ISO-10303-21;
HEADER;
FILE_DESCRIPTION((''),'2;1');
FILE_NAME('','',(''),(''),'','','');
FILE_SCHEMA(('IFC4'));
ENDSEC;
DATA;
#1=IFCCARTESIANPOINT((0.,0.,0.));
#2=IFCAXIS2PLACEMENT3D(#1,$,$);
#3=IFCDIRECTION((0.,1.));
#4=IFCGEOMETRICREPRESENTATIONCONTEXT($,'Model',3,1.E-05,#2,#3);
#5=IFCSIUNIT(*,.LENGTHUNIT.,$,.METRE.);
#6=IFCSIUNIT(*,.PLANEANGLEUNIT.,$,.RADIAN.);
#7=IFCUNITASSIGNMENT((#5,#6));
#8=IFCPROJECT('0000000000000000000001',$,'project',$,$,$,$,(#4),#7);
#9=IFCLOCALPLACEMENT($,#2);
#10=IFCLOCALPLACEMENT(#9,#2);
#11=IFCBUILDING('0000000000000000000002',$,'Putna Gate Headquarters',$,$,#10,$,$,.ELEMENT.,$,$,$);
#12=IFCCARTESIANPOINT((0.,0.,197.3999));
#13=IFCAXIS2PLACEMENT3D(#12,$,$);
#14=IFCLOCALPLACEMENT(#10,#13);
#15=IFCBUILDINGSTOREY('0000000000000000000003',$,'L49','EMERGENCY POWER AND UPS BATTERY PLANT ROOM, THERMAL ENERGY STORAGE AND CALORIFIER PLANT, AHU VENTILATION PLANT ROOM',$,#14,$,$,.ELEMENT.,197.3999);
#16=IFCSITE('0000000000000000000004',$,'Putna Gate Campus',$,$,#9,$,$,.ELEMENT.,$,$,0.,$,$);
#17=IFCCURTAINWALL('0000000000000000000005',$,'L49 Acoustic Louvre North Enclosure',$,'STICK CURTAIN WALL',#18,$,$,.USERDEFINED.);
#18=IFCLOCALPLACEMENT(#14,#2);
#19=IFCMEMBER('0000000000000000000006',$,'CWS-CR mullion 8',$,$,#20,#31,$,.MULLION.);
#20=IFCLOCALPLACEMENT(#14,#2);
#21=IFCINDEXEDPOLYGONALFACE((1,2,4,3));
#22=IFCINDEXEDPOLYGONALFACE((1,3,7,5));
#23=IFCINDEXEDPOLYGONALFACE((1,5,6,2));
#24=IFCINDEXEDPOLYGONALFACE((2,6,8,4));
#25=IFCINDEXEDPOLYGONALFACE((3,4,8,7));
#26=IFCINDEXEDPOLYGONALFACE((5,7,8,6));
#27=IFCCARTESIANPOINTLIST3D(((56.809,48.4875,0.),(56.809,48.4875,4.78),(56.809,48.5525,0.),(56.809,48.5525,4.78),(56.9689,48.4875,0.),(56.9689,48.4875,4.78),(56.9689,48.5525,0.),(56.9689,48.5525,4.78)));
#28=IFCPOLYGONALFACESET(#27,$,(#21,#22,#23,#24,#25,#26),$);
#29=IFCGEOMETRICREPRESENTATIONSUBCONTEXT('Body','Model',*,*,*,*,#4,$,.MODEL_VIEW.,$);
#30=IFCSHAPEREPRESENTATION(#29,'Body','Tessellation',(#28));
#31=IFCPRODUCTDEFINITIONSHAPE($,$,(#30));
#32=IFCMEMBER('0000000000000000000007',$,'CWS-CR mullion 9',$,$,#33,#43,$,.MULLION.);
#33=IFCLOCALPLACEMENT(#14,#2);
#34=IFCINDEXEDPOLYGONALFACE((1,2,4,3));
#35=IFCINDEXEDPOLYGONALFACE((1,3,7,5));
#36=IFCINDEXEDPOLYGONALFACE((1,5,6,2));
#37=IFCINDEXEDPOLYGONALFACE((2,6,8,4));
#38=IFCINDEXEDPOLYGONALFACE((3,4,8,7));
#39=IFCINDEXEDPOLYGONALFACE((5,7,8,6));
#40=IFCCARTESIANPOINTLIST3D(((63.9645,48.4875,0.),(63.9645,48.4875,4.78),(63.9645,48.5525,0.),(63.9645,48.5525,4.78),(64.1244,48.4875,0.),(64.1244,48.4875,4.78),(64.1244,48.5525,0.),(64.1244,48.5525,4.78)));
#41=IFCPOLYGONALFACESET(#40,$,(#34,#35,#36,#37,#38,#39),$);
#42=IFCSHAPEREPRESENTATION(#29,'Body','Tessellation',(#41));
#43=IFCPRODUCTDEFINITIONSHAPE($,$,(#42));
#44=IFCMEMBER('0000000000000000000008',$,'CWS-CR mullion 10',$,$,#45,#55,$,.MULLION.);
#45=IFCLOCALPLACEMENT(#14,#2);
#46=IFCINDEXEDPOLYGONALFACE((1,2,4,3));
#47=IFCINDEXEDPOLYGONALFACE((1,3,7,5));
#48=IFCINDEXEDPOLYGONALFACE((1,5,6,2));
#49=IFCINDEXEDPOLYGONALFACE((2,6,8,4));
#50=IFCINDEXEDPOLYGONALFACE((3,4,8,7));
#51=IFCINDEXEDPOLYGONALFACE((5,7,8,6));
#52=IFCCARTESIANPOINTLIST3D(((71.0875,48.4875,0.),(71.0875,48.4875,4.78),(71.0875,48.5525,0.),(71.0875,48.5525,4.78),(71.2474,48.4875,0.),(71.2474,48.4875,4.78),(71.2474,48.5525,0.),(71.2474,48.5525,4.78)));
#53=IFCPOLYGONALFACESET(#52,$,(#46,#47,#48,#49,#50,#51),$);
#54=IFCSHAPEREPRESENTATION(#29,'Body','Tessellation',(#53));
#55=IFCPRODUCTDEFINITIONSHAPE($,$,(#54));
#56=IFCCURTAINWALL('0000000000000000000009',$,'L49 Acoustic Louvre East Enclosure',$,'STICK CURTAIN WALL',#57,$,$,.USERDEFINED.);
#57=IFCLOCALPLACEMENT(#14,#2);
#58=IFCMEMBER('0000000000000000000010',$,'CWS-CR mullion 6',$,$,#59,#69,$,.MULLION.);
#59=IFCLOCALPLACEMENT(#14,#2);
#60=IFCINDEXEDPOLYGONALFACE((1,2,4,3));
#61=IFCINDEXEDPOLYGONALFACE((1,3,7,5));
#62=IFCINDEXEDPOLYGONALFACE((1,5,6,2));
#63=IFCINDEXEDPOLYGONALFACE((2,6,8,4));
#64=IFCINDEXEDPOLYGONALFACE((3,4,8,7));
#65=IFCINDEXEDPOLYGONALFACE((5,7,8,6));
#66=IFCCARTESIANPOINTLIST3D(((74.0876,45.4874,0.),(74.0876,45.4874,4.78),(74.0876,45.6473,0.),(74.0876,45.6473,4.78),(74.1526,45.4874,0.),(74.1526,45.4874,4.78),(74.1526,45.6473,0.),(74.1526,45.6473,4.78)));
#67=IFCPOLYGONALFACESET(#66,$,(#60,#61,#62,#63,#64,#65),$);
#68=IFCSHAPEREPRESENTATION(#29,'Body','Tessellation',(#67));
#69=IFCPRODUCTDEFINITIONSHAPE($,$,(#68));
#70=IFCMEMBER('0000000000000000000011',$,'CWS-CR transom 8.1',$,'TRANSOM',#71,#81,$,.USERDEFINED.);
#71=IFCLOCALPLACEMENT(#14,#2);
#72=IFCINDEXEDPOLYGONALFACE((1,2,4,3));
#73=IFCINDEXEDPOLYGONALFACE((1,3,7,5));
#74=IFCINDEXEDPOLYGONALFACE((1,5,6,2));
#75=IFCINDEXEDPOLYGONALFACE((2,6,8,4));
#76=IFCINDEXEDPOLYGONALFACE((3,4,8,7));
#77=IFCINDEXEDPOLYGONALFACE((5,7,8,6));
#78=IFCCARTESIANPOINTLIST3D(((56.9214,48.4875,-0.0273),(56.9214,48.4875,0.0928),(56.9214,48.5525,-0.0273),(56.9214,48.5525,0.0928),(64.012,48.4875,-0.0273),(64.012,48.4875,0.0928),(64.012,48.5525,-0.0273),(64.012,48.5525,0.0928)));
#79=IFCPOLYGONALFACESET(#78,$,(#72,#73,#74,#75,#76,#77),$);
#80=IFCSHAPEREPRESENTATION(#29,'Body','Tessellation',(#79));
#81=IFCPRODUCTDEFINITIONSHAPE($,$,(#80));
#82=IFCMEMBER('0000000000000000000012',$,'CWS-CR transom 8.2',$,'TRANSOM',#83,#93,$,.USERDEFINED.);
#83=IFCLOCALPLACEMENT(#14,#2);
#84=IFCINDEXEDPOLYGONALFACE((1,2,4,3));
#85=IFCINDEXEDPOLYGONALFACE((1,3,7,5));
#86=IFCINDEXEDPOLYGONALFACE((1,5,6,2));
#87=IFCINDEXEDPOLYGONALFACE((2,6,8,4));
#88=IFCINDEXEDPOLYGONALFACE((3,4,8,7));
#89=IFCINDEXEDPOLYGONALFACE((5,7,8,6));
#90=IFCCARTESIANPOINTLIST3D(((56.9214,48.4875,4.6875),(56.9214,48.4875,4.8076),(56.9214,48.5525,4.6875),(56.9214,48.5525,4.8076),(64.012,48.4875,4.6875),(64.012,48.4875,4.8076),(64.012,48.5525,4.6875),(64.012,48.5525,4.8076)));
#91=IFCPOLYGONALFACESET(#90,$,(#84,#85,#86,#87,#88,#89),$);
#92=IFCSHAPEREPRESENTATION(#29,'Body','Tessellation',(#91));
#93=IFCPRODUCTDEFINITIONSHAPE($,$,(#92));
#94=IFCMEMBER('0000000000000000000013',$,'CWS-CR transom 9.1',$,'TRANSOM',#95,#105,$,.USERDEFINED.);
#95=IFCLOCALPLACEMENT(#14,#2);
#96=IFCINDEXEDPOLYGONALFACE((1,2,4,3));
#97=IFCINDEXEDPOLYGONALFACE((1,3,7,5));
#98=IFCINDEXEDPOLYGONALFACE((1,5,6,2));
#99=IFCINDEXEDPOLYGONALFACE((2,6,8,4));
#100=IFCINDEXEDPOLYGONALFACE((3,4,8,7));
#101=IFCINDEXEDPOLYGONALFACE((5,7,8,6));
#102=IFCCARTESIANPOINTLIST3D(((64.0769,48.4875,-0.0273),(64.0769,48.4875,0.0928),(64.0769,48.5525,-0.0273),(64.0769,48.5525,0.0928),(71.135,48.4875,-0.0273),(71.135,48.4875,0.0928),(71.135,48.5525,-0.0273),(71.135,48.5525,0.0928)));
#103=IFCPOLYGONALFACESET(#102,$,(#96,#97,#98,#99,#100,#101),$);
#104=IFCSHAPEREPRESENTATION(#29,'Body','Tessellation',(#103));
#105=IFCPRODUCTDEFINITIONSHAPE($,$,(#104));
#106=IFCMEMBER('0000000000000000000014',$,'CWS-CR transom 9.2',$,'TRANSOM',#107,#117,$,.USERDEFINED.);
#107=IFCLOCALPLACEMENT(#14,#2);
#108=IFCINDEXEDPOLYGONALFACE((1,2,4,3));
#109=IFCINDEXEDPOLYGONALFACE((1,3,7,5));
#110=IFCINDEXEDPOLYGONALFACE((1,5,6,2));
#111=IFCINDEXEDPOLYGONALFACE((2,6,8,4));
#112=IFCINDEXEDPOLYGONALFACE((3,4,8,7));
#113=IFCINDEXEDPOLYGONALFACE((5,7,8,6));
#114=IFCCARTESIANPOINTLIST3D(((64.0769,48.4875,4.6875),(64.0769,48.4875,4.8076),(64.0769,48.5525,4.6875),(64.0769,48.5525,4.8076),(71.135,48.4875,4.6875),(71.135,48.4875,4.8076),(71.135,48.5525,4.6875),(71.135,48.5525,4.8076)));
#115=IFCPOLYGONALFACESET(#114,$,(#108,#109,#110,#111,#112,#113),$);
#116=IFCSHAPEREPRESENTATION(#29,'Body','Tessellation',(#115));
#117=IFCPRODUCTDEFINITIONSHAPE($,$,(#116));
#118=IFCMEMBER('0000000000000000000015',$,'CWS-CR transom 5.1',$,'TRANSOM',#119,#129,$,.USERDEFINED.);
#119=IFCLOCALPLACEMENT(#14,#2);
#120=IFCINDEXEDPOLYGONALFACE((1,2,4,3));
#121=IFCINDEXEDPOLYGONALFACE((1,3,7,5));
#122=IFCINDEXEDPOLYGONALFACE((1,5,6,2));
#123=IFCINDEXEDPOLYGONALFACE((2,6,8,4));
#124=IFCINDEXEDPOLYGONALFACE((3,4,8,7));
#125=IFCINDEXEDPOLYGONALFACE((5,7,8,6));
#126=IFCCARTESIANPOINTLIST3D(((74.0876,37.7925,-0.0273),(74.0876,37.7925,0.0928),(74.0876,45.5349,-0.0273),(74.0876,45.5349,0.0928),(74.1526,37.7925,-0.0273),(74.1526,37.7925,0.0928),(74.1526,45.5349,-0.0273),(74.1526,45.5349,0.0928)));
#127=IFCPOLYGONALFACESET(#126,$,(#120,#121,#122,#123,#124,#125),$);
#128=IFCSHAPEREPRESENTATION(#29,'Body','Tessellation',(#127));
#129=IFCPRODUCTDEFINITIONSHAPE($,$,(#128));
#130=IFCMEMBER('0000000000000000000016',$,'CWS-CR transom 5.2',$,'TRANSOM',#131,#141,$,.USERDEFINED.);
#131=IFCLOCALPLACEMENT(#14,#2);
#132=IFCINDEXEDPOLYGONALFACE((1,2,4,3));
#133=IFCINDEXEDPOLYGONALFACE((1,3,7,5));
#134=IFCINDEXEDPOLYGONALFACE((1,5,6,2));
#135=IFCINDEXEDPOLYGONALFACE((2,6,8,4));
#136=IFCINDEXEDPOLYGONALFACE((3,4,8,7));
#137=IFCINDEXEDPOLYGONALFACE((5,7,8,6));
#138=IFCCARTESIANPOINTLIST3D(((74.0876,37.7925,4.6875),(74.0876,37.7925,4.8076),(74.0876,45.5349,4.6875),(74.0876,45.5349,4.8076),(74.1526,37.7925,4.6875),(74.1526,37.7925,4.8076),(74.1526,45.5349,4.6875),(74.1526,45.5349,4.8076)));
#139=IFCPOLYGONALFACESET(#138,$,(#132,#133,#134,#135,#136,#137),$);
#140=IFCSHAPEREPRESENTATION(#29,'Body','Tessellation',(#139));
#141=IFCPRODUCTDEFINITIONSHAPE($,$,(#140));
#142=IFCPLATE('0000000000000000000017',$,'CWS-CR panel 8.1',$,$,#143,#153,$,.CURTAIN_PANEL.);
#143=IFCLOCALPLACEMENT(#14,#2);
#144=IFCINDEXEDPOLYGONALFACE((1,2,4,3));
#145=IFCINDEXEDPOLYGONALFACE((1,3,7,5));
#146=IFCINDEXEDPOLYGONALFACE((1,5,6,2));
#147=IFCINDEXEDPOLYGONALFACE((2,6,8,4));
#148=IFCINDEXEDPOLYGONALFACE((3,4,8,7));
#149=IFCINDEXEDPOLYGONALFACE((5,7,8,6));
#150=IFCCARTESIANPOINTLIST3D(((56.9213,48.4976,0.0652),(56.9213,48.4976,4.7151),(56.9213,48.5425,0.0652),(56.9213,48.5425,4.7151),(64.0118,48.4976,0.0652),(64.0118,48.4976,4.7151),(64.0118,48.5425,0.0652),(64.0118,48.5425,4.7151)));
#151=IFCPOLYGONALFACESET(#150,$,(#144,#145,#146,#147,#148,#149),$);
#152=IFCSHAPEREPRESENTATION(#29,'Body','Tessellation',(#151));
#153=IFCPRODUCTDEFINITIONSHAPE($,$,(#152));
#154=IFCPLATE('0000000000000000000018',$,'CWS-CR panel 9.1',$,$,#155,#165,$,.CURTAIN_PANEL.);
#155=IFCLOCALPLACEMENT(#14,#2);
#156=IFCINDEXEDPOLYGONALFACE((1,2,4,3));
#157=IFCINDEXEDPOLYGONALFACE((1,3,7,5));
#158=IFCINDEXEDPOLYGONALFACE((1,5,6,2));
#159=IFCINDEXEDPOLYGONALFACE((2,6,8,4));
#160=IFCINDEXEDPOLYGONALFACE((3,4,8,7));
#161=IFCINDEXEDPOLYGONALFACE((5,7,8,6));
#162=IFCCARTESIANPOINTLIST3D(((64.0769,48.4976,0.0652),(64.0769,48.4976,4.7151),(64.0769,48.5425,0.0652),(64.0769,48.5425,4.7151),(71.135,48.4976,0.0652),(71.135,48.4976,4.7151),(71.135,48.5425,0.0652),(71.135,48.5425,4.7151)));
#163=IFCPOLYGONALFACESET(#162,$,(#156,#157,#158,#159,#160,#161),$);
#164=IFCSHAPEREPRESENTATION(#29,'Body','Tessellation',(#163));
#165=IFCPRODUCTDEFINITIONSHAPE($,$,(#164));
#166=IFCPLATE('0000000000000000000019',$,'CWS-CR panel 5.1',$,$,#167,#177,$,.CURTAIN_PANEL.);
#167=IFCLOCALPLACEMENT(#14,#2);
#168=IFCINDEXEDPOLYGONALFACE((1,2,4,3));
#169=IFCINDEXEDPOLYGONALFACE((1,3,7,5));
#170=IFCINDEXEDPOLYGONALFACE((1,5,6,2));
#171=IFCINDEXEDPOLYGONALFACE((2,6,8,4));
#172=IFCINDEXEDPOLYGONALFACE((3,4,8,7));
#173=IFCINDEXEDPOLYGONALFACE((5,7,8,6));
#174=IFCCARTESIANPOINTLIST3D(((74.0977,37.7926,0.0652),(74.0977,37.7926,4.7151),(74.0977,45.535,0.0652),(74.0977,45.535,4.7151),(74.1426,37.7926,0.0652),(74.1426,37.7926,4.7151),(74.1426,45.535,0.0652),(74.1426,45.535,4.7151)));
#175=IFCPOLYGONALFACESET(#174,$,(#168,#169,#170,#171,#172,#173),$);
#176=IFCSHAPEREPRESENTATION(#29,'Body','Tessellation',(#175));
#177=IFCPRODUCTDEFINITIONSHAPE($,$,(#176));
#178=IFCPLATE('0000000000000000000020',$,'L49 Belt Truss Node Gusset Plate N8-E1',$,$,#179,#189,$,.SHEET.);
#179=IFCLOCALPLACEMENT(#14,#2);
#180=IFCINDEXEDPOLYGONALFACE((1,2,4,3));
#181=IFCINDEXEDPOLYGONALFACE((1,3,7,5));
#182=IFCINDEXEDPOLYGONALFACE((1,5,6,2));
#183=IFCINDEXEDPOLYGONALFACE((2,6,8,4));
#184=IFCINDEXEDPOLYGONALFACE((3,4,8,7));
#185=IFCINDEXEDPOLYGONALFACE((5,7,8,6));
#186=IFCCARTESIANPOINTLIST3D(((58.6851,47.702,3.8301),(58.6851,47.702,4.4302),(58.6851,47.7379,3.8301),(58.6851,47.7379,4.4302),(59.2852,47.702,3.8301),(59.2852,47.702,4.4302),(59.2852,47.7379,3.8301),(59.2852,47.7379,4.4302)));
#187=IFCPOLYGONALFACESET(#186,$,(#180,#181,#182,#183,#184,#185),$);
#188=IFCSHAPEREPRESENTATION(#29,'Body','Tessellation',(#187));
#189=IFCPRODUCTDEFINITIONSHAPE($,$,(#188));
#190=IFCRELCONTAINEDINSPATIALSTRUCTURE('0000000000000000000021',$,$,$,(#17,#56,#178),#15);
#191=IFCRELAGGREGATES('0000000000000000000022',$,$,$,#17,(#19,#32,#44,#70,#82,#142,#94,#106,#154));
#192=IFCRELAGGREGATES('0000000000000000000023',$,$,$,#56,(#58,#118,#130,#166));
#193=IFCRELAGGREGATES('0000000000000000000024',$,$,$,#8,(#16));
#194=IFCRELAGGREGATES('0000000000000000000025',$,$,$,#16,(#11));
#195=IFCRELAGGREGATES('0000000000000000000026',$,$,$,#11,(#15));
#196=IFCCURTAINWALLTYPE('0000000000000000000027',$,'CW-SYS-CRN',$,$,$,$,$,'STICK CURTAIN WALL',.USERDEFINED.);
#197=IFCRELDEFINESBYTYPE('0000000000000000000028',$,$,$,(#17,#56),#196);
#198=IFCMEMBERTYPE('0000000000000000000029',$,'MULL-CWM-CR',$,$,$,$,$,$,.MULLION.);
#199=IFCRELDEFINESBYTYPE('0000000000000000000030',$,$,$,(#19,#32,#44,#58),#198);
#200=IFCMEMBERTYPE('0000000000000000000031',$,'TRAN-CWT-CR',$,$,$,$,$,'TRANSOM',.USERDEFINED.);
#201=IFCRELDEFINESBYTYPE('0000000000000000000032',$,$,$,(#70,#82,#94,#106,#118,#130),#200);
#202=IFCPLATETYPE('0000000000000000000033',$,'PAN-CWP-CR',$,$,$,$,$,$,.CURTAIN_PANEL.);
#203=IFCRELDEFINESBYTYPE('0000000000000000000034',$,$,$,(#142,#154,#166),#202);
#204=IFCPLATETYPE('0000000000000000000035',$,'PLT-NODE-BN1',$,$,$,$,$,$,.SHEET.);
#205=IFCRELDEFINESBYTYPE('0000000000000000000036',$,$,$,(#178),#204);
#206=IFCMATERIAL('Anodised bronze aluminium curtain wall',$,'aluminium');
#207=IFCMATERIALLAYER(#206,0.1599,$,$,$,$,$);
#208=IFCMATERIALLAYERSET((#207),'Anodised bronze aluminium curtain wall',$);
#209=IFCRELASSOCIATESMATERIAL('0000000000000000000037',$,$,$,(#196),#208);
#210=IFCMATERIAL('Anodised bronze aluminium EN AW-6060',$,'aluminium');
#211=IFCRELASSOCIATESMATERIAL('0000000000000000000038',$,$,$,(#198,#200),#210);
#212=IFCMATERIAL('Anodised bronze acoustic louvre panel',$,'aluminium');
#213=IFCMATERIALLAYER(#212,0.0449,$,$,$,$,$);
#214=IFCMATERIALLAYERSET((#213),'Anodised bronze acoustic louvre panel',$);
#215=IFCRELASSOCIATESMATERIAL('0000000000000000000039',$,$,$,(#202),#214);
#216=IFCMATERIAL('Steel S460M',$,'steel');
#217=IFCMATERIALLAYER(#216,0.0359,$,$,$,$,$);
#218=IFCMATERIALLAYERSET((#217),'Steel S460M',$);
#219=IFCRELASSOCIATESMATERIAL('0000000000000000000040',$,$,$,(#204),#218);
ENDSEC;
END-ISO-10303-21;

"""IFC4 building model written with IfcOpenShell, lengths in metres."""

from ifc_helpers import new_model, si_unit, direction, frame, origin, origin_2d, place, context, subcontext, project, spatial, rectangle, extrude, material, layer, layer_set, material_profile, profile_set, type_object, element, aggregate, save


model = new_model("IFC4")

# Units and contexts
model_context = context("Model", 3, precision=1e-05, world=origin(), true_north=direction((0.0, 1.0)))
body_context = subcontext(model_context, "Body", "Model", "MODEL_VIEW")
ifc_project = project(units=[si_unit("LENGTHUNIT", "METRE"), si_unit("PLANEANGLEUNIT", "RADIAN")], contexts=[model_context])

# Site, building, storey
site_placement = place(None, origin())
site = spatial("IfcSite", under=ifc_project, at=site_placement, Name="Putna Gate Campus", CompositionType="ELEMENT", RefElevation=0.0)
building_placement = place(site_placement, origin())
building = spatial("IfcBuilding", under=site, at=building_placement, Name="Putna Gate Headquarters", CompositionType="ELEMENT")
storey_placement = place(building_placement, frame((0.0, 0.0, 197.3999)))
storey = spatial("IfcBuildingStorey", under=building, at=storey_placement, Name="L49", Description="EMERGENCY POWER AND UPS BATTERY PLANT ROOM, THERMAL ENERGY STORAGE AND CALORIFIER PLANT, AHU VENTILATION PLANT ROOM", CompositionType="ELEMENT", Elevation=197.3999)

# Shared definitions
ifc_material_1 = material(Name="Steel S460M", Category="steel")

# Curtain wall, members
ifc_material_2 = material(Name="Anodised bronze aluminium curtain wall", Category="aluminium")
ifc_layer_1 = layer(ifc_material_2, 0.1599)
ifc_layer_set_1 = layer_set([ifc_layer_1], Name="Anodised bronze aluminium curtain wall")
curtain_wall_type = type_object("IfcCurtainWallType", Name="CW-SYS-CRN", ElementType="STICK CURTAIN WALL", PredefinedType="USERDEFINED", material=ifc_layer_set_1)
curtain_wall_1_placement = place(storey_placement, origin())
curtain_wall_1 = element("IfcCurtainWall", 1, at=curtain_wall_1_placement, inside=storey, type_object=curtain_wall_type, Name="L49 Acoustic Louvre North Enclosure", ObjectType="STICK CURTAIN WALL", PredefinedType="USERDEFINED")
ifc_material_3 = material(Name="Anodised bronze aluminium EN AW-6060", Category="aluminium")
ifc_material_profile_1 = material_profile(ifc_material_3, rectangle(XDim=0.0649, YDim=0.1599, at=origin_2d()), Name="Anodised bronze aluminium EN AW-6060")
ifc_profile_set_1 = profile_set([ifc_material_profile_1], Name="Anodised bronze aluminium EN AW-6060")
member_type_1 = type_object("IfcMemberType", Name="MULL-CWM-CR", PredefinedType="MULLION", material=ifc_profile_set_1)
member_1_placement = place(storey_placement, frame((56.8889, 48.52, 0.0), z_axis=(0.0, 0.0, 1.0), x_axis=(0.0, 1.0, 0.0)))
member_1 = element("IfcMember", 2, at=member_1_placement, type_object=member_type_1, Name="CWS-CR mullion 8", PredefinedType="MULLION", context=body_context, shape_type="SweptSolid", body=[
    extrude(rectangle(XDim=0.0649, YDim=0.1599, at=origin_2d()), origin(), (0.0, 0.0, 1.0), 4.78),
])
member_2_placement = place(storey_placement, frame((64.0444, 48.52, 0.0), z_axis=(0.0, 0.0, 1.0), x_axis=(0.0, 1.0, 0.0)))
member_2 = element("IfcMember", 3, at=member_2_placement, type_object=member_type_1, Name="CWS-CR mullion 9", PredefinedType="MULLION", context=body_context, shape_type="SweptSolid", body=[
    extrude(rectangle(XDim=0.0649, YDim=0.1599, at=origin_2d()), origin(), (0.0, 0.0, 1.0), 4.78),
])
member_3_placement = place(storey_placement, frame((71.1675, 48.52, 0.0), z_axis=(0.0, 0.0, 1.0), x_axis=(0.0, 1.0, 0.0)))
member_3 = element("IfcMember", 4, at=member_3_placement, type_object=member_type_1, Name="CWS-CR mullion 10", PredefinedType="MULLION", context=body_context, shape_type="SweptSolid", body=[
    extrude(rectangle(XDim=0.0649, YDim=0.1599, at=origin_2d()), origin(), (0.0, 0.0, 1.0), 4.78),
])

# Curtain wall, member
curtain_wall_2_placement = place(storey_placement, origin())
curtain_wall_2 = element("IfcCurtainWall", 5, at=curtain_wall_2_placement, inside=storey, type_object=curtain_wall_type, Name="L49 Acoustic Louvre East Enclosure", ObjectType="STICK CURTAIN WALL", PredefinedType="USERDEFINED")
member_4_placement = place(storey_placement, frame((74.1201, 45.5674, 0.0), z_axis=(0.0, 0.0, 1.0), x_axis=(-1.0, 0.0, 0.0)))
member_4 = element("IfcMember", 6, at=member_4_placement, type_object=member_type_1, Name="CWS-CR mullion 6", PredefinedType="MULLION", context=body_context, shape_type="SweptSolid", body=[
    extrude(rectangle(XDim=0.0649, YDim=0.1599, at=origin_2d()), origin(), (0.0, 0.0, 1.0), 4.78),
])

# Members
ifc_material_profile_2 = material_profile(ifc_material_3, rectangle(XDim=0.0649, YDim=0.1201, at=origin_2d()), Name="Anodised bronze aluminium EN AW-6060")
ifc_profile_set_2 = profile_set([ifc_material_profile_2], Name="Anodised bronze aluminium EN AW-6060")
member_type_2 = type_object("IfcMemberType", Name="TRAN-CWT-CR", ElementType="TRANSOM", PredefinedType="USERDEFINED", material=ifc_profile_set_2)
member_5_placement = place(storey_placement, frame((56.9214, 48.52, 0.0327), z_axis=(1.0, 0.0, 0.0), x_axis=(0.0, 1.0, 0.0)))
member_5 = element("IfcMember", 7, at=member_5_placement, type_object=member_type_2, Name="CWS-CR transom 8.1", ObjectType="TRANSOM", PredefinedType="USERDEFINED", context=body_context, shape_type="SweptSolid", body=[
    extrude(rectangle(XDim=0.0649, YDim=0.1201, at=origin_2d()), origin(), (0.0, 0.0, 1.0), 7.0906),
])
member_6_placement = place(storey_placement, frame((56.9214, 48.52, 4.7476), z_axis=(1.0, 0.0, 0.0), x_axis=(0.0, 1.0, 0.0)))
member_6 = element("IfcMember", 8, at=member_6_placement, type_object=member_type_2, Name="CWS-CR transom 8.2", ObjectType="TRANSOM", PredefinedType="USERDEFINED", context=body_context, shape_type="SweptSolid", body=[
    extrude(rectangle(XDim=0.0649, YDim=0.1201, at=origin_2d()), origin(), (0.0, 0.0, 1.0), 7.0906),
])
member_7_placement = place(storey_placement, frame((64.0769, 48.52, 0.0327), z_axis=(1.0, 0.0, 0.0), x_axis=(0.0, 1.0, 0.0)))
member_7 = element("IfcMember", 9, at=member_7_placement, type_object=member_type_2, Name="CWS-CR transom 9.1", ObjectType="TRANSOM", PredefinedType="USERDEFINED", context=body_context, shape_type="SweptSolid", body=[
    extrude(rectangle(XDim=0.0649, YDim=0.1201, at=origin_2d()), origin(), (0.0, 0.0, 1.0), 7.0581),
])
member_8_placement = place(storey_placement, frame((64.0769, 48.52, 4.7476), z_axis=(1.0, 0.0, 0.0), x_axis=(0.0, 1.0, 0.0)))
member_8 = element("IfcMember", 10, at=member_8_placement, type_object=member_type_2, Name="CWS-CR transom 9.2", ObjectType="TRANSOM", PredefinedType="USERDEFINED", context=body_context, shape_type="SweptSolid", body=[
    extrude(rectangle(XDim=0.0649, YDim=0.1201, at=origin_2d()), origin(), (0.0, 0.0, 1.0), 7.0581),
])
member_9_placement = place(storey_placement, frame((74.1201, 37.7925, 0.0327), z_axis=(0.0, 1.0, 0.0), x_axis=(-1.0, 0.0, 0.0)))
member_9 = element("IfcMember", 11, at=member_9_placement, type_object=member_type_2, Name="CWS-CR transom 5.1", ObjectType="TRANSOM", PredefinedType="USERDEFINED", context=body_context, shape_type="SweptSolid", body=[
    extrude(rectangle(XDim=0.0649, YDim=0.1201, at=origin_2d()), origin(), (0.0, 0.0, 1.0), 7.7424),
])
member_10_placement = place(storey_placement, frame((74.1201, 37.7925, 4.7476), z_axis=(0.0, 1.0, 0.0), x_axis=(-1.0, 0.0, 0.0)))
member_10 = element("IfcMember", 12, at=member_10_placement, type_object=member_type_2, Name="CWS-CR transom 5.2", ObjectType="TRANSOM", PredefinedType="USERDEFINED", context=body_context, shape_type="SweptSolid", body=[
    extrude(rectangle(XDim=0.0649, YDim=0.1201, at=origin_2d()), origin(), (0.0, 0.0, 1.0), 7.7424),
])

# Plates
ifc_material_4 = material(Name="Anodised bronze acoustic louvre panel", Category="aluminium")
ifc_layer_2 = layer(ifc_material_4, 0.0449)
ifc_layer_set_2 = layer_set([ifc_layer_2], Name="Anodised bronze acoustic louvre panel")
plate_type_1 = type_object("IfcPlateType", Name="PAN-CWP-CR", PredefinedType="CURTAIN_PANEL", material=ifc_layer_set_2)
plate_1_placement = place(storey_placement, frame((60.4666, 48.52, 0.0652), z_axis=(0.0, 0.0, 1.0), x_axis=(1.0, 0.0, 0.0)))
plate_1 = element("IfcPlate", 13, at=plate_1_placement, type_object=plate_type_1, Name="CWS-CR panel 8.1", PredefinedType="CURTAIN_PANEL", context=body_context, shape_type="SweptSolid", body=[
    extrude(rectangle(XDim=7.0906, YDim=0.0449, at=origin_2d()), origin(), (0.0, 0.0, 1.0), 4.6499),
])
plate_2_placement = place(storey_placement, frame((67.606, 48.52, 0.0652), z_axis=(0.0, 0.0, 1.0), x_axis=(1.0, 0.0, 0.0)))
plate_2 = element("IfcPlate", 14, at=plate_2_placement, type_object=plate_type_1, Name="CWS-CR panel 9.1", PredefinedType="CURTAIN_PANEL", context=body_context, shape_type="SweptSolid", body=[
    extrude(rectangle(XDim=7.0581, YDim=0.0449, at=origin_2d()), origin(), (0.0, 0.0, 1.0), 4.6499),
])
aggregate(curtain_wall_1, [member_1, member_2, member_3, member_5, member_6, plate_1, member_7, member_8, plate_2])
plate_3_placement = place(storey_placement, frame((74.1201, 41.6638, 0.0652), z_axis=(0.0, 0.0, 1.0), x_axis=(0.0, 1.0, 0.0)))
plate_3 = element("IfcPlate", 15, at=plate_3_placement, type_object=plate_type_1, Name="CWS-CR panel 5.1", PredefinedType="CURTAIN_PANEL", context=body_context, shape_type="SweptSolid", body=[
    extrude(rectangle(XDim=7.7424, YDim=0.0449, at=origin_2d()), origin(), (0.0, 0.0, 1.0), 4.6499),
])
aggregate(curtain_wall_2, [member_4, member_9, member_10, plate_3])

# Plate
ifc_layer_3 = layer(ifc_material_1, 0.0359)
ifc_layer_set_3 = layer_set([ifc_layer_3], Name="Steel S460M")
plate_type_2 = type_object("IfcPlateType", Name="PLT-NODE-BN1", PredefinedType="SHEET", material=ifc_layer_set_3)
plate_4_placement = place(storey_placement, frame((58.9851, 47.72, 3.8301), z_axis=(0.0, 0.0, 1.0), x_axis=(1.0, 0.0, 0.0)))
element("IfcPlate", 16, at=plate_4_placement, inside=storey, type_object=plate_type_2, Name="L49 Belt Truss Node Gusset Plate N8-E1", PredefinedType="SHEET", context=body_context, shape_type="SweptSolid", body=[
    extrude(rectangle(XDim=0.6001, YDim=0.0359, at=origin_2d()), origin(), (0.0, 0.0, 1.0), 0.6001),
])

save(model, "model.ifc")
